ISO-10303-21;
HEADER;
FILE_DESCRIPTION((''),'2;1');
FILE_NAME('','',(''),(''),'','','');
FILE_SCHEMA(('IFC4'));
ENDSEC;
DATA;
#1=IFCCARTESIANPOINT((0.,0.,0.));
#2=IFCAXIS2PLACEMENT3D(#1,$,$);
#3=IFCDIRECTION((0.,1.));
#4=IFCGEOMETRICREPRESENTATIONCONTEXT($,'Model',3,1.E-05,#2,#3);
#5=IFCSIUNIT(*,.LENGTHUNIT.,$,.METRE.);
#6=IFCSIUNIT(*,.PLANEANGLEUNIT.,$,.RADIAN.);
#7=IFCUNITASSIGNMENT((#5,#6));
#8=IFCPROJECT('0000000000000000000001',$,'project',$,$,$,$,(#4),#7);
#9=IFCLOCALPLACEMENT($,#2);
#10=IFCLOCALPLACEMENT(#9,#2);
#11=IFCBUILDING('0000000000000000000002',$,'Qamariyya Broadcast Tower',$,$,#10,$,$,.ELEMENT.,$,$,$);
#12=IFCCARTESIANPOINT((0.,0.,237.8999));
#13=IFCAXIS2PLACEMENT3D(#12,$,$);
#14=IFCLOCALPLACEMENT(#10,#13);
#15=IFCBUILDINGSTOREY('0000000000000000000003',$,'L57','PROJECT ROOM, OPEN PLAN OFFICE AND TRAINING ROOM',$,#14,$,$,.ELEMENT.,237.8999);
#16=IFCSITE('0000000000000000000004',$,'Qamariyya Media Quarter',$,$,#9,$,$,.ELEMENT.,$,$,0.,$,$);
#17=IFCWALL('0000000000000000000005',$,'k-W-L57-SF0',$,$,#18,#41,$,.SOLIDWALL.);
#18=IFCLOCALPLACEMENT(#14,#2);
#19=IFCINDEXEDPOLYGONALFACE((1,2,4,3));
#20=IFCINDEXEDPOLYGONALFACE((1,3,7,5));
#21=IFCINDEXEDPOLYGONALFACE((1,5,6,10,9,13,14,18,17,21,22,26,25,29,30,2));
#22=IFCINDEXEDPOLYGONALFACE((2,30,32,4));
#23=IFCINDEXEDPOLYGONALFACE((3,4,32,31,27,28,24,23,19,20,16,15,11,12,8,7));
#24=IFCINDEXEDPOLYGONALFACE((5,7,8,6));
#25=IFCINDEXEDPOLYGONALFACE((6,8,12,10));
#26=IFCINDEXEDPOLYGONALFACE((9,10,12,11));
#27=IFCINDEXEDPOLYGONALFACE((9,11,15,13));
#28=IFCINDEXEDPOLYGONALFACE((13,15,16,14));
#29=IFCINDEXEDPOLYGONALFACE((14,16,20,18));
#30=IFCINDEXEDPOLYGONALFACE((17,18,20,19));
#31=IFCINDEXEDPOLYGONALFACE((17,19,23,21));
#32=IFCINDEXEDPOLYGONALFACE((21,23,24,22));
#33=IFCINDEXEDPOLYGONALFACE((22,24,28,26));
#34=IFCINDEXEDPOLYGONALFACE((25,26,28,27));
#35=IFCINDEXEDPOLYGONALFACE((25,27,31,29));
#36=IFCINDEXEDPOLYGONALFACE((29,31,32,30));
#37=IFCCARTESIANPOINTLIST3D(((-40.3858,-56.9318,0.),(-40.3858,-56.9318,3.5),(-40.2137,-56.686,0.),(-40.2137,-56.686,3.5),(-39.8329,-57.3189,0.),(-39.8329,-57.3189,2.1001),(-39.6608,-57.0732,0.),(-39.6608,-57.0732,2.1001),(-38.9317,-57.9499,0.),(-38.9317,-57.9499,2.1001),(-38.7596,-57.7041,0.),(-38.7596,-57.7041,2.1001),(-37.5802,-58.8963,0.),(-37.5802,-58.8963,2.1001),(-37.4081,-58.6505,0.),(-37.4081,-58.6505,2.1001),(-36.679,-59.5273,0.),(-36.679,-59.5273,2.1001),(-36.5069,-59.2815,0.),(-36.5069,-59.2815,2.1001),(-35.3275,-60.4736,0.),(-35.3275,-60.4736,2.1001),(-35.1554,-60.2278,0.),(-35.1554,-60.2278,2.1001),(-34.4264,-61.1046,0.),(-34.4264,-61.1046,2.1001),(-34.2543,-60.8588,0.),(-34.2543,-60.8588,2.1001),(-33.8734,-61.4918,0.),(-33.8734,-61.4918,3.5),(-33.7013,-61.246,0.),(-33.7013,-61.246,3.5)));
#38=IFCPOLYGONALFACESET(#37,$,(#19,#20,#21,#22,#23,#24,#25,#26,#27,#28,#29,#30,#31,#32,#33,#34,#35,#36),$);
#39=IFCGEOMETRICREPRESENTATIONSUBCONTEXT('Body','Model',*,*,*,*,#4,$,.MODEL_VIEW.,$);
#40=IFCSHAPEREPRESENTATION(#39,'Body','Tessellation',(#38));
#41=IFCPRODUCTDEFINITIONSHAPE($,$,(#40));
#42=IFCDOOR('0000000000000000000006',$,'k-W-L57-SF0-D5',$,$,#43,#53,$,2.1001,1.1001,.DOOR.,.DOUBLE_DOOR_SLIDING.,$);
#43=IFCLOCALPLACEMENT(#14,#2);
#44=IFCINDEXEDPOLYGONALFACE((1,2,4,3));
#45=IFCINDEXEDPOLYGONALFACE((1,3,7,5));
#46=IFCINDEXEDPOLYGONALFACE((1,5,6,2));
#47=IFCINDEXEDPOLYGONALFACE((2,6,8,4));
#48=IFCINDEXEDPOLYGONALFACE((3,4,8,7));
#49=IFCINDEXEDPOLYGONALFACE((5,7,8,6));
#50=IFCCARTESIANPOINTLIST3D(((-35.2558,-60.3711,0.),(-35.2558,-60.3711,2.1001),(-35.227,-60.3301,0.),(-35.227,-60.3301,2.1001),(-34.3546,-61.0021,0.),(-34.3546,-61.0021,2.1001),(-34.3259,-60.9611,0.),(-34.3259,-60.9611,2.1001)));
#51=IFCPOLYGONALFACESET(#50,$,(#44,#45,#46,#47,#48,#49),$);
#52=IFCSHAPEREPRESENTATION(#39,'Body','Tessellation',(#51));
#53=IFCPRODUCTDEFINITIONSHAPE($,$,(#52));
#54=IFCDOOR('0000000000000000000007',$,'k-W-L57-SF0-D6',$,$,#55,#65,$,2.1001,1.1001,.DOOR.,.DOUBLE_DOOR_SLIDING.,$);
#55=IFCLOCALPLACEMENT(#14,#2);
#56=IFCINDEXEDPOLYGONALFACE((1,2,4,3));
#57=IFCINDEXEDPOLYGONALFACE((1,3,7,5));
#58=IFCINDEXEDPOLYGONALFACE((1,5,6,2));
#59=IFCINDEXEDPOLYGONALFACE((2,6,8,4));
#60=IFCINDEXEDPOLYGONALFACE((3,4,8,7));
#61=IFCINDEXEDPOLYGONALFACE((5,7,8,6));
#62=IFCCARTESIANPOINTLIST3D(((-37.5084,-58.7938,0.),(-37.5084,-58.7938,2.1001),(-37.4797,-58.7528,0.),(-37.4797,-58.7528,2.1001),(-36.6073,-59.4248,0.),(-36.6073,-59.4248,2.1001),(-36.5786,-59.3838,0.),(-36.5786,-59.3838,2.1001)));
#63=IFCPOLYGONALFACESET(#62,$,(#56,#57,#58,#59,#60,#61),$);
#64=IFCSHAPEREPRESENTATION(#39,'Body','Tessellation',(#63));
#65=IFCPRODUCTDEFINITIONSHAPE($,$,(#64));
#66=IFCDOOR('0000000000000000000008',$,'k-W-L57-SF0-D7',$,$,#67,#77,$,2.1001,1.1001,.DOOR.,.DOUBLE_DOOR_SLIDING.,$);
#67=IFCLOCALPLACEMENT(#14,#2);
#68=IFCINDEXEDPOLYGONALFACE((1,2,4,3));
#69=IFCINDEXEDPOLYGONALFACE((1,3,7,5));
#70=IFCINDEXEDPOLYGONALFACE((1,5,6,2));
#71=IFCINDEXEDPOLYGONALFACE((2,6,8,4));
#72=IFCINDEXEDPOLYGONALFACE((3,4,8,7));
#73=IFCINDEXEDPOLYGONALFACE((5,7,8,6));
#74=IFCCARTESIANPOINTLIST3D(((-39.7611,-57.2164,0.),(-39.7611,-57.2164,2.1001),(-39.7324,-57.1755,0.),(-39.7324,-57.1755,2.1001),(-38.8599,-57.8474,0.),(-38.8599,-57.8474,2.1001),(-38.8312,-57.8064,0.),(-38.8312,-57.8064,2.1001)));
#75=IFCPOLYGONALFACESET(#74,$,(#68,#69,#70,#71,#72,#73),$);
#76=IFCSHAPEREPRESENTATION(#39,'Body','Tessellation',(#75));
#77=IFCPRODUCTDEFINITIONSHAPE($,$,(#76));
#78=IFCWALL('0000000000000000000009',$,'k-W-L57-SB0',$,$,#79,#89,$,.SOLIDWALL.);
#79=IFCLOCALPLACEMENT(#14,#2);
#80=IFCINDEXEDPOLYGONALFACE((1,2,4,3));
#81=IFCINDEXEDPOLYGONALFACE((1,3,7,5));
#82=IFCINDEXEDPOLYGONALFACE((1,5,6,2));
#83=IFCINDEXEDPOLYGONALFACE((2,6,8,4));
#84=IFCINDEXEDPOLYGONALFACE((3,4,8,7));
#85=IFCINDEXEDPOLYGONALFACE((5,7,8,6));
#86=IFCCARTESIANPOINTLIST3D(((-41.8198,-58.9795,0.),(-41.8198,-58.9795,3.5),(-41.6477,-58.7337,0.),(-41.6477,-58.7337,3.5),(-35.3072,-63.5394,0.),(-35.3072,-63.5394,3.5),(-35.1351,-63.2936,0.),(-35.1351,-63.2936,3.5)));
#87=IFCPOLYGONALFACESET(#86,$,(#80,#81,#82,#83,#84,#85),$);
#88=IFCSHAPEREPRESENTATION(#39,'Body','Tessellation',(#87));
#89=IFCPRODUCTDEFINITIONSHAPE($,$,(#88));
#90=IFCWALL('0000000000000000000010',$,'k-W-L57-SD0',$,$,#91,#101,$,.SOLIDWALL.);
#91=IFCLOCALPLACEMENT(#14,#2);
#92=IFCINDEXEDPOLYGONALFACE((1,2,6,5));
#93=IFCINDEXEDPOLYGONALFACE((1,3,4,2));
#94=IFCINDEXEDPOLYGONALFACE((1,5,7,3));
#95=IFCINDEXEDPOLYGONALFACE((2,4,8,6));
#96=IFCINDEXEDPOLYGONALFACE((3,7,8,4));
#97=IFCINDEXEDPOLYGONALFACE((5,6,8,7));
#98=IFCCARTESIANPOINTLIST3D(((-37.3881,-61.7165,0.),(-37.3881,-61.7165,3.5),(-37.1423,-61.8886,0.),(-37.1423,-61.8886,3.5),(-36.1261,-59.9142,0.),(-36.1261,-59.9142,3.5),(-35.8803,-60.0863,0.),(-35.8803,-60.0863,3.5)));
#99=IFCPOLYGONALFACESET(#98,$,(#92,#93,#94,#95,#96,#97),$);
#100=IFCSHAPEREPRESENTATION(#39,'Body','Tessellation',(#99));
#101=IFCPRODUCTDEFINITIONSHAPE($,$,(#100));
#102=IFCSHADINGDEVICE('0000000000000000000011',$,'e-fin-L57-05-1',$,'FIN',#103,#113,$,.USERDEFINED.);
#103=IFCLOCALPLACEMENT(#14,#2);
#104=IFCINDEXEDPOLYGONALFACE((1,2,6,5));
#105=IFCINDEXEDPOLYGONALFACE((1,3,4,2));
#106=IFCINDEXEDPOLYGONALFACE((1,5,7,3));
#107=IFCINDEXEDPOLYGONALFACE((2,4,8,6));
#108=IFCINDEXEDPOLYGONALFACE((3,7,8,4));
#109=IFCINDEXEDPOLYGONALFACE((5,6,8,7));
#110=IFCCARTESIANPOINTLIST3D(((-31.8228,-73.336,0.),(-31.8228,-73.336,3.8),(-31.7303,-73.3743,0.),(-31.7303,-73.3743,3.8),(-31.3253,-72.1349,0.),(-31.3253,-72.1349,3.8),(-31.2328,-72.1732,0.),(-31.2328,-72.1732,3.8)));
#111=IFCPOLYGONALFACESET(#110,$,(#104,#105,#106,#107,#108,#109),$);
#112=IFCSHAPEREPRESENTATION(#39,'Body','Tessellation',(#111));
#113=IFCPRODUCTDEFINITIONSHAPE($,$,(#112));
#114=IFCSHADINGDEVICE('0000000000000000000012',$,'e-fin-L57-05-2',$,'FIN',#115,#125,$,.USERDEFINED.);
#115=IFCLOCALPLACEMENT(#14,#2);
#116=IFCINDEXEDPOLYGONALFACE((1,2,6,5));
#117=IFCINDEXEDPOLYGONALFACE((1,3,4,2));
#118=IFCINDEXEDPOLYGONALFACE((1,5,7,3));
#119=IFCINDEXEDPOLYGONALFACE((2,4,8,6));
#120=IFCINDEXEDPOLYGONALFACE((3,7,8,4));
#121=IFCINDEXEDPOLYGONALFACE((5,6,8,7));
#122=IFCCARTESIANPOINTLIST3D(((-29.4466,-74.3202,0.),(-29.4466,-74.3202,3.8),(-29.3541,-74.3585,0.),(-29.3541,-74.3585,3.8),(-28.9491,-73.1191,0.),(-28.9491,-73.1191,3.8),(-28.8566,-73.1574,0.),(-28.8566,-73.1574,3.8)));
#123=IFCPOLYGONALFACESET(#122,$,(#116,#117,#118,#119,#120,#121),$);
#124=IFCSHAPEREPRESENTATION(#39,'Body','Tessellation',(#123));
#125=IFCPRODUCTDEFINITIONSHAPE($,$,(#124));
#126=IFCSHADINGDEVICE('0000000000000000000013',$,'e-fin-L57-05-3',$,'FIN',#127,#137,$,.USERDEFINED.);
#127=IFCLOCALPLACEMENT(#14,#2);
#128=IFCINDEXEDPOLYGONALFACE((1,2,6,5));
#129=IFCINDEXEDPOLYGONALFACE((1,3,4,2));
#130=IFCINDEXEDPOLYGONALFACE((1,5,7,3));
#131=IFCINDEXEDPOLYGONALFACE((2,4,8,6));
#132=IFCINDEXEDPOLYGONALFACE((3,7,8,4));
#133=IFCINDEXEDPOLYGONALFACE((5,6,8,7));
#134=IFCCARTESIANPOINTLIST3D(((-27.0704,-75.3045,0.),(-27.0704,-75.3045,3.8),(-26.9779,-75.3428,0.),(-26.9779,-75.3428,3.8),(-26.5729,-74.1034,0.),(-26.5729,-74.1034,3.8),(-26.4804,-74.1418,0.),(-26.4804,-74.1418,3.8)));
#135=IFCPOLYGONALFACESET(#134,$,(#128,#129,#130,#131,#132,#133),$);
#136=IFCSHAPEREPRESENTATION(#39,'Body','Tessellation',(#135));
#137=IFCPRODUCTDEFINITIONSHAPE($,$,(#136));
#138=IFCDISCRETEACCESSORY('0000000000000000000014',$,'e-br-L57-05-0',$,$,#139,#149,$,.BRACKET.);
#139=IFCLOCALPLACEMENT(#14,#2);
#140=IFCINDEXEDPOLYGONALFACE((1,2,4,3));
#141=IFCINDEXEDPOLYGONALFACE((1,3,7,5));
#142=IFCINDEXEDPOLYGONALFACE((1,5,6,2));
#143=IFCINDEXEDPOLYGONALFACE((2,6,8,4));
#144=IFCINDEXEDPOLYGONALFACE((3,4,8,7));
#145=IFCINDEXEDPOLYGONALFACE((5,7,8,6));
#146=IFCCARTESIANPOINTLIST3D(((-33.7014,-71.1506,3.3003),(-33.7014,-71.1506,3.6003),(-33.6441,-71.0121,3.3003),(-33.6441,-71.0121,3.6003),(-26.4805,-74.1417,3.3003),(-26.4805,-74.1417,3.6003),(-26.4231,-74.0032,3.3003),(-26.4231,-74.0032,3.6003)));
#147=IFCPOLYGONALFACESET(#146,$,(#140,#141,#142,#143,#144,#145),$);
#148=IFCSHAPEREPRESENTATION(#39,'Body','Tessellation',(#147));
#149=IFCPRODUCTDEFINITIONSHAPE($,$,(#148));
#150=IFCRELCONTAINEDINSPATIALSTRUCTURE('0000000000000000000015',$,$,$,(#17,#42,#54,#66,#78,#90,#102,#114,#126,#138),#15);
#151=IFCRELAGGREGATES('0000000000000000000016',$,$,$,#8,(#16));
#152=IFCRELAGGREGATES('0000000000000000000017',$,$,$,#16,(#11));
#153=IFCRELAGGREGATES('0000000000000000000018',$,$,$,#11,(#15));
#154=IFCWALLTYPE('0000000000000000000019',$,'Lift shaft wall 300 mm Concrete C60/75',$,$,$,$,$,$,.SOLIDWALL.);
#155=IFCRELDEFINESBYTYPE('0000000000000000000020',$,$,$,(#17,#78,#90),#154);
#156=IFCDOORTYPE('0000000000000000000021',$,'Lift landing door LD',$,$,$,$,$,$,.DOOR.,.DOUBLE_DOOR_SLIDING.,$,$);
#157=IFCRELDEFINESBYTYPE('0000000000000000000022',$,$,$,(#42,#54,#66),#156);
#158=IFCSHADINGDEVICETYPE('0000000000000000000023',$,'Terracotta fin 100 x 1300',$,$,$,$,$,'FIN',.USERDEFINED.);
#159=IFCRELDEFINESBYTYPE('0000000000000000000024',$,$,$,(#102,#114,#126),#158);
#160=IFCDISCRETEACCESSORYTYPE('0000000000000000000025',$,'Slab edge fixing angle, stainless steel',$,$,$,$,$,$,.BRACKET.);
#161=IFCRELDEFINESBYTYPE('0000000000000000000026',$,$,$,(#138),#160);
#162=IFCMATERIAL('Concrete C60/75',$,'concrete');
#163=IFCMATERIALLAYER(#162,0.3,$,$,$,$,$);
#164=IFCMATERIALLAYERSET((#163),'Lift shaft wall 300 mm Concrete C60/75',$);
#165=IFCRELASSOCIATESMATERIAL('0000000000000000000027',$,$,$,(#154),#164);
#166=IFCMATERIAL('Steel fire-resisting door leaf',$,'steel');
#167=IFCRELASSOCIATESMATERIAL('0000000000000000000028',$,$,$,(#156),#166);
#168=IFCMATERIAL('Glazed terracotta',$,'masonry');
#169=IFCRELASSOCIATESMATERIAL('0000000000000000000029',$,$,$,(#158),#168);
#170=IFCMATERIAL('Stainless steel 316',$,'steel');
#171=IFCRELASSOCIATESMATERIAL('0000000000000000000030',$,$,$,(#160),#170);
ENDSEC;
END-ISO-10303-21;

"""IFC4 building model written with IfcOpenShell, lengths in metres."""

from ifc_helpers import new_model, si_unit, direction, frame, frame_2d, origin, origin_2d, place, context, subcontext, project, spatial, rectangle, extrude, material, layer, layer_set, material_profile, profile_set, type_object, element, fill, save


model = new_model("IFC4")

# Units and contexts
model_context = context("Model", 3, precision=1e-05, world=origin(), true_north=direction((0.0, 1.0)))
body_context = subcontext(model_context, "Body", "Model", "MODEL_VIEW")
ifc_project = project(units=[si_unit("LENGTHUNIT", "METRE"), si_unit("PLANEANGLEUNIT", "RADIAN")], contexts=[model_context])

# Site, building, storey
site_placement = place(None, origin())
site = spatial("IfcSite", under=ifc_project, at=site_placement, Name="Qamariyya Media Quarter", CompositionType="ELEMENT", RefElevation=0.0)
building_placement = place(site_placement, origin())
building = spatial("IfcBuilding", under=site, at=building_placement, Name="Qamariyya Broadcast Tower", CompositionType="ELEMENT")
storey_placement = place(building_placement, frame((0.0, 0.0, 237.8999)))
storey = spatial("IfcBuildingStorey", under=building, at=storey_placement, Name="L57", Description="PROJECT ROOM, OPEN PLAN OFFICE AND TRAINING ROOM", CompositionType="ELEMENT", Elevation=237.8999)

# Shared definitions
ifc_material_1 = material(Name="Concrete C60/75", Category="concrete")

# Shared definitions
ifc_material_2 = material(Name="Steel fire-resisting door leaf", Category="steel")

# Wall, openings, doors
ifc_layer_1 = layer(ifc_material_1, 0.3)
ifc_layer_set_1 = layer_set([ifc_layer_1], Name="Lift shaft wall 300 mm Concrete C60/75")
wall_type_1 = type_object("IfcWallType", Name="Lift shaft wall 300 mm Concrete C60/75", PredefinedType="SOLIDWALL", material=ifc_layer_set_1)
wall_1_placement = place(storey_placement, frame((-33.7874, -61.3689, 0.0), z_axis=(0.0, 0.0, 1.0), x_axis=(-0.819153, 0.573576, 0.0)))
wall_1 = element("IfcWall", 1, at=wall_1_placement, inside=storey, type_object=wall_type_1, Name="k-W-L57-SF0", PredefinedType="SOLIDWALL", context=body_context, shape_type="SweptSolid", body=[
    extrude(rectangle(XDim=7.9502, YDim=0.3, at=frame_2d((3.9751, 0.0))), origin(), (0.0, 0.0, 1.0), 3.5),
])
opening_1_placement = place(wall_1_placement, frame((0.675, 0.0, 0.0)))
opening_1 = element("IfcOpeningElement", 2, at=opening_1_placement, cuts=wall_1, PredefinedType="OPENING", context=body_context, shape_type="SweptSolid", body=[
    extrude(rectangle(XDim=1.1001, YDim=2.1001, at=frame_2d((0.55, 1.05))), frame((0.0, 0.1599, 0.0), z_axis=(0.0, -1.0, 0.0), x_axis=(1.0, 0.0, 0.0)), (0.0, 0.0, 1.0), 0.3201),
])
opening_2_placement = place(wall_1_placement, frame((3.425, 0.0, 0.0)))
opening_2 = element("IfcOpeningElement", 3, at=opening_2_placement, cuts=wall_1, PredefinedType="OPENING", context=body_context, shape_type="SweptSolid", body=[
    extrude(rectangle(XDim=1.1001, YDim=2.1001, at=frame_2d((0.55, 1.05))), frame((0.0, 0.1599, 0.0), z_axis=(0.0, -1.0, 0.0), x_axis=(1.0, 0.0, 0.0)), (0.0, 0.0, 1.0), 0.3201),
])
opening_3_placement = place(wall_1_placement, frame((6.175, 0.0, 0.0)))
opening_3 = element("IfcOpeningElement", 4, at=opening_3_placement, cuts=wall_1, PredefinedType="OPENING", context=body_context, shape_type="SweptSolid", body=[
    extrude(rectangle(XDim=1.1001, YDim=2.1001, at=frame_2d((0.55, 1.05))), frame((0.0, 0.1599, 0.0), z_axis=(0.0, -1.0, 0.0), x_axis=(1.0, 0.0, 0.0)), (0.0, 0.0, 1.0), 0.3201),
])
door_type_1 = type_object("IfcDoorType", Name="Lift landing door LD", OperationType="DOUBLE_DOOR_SLIDING", PredefinedType="DOOR", material=ifc_material_2)
door_1_placement = place(opening_1_placement, origin())
door_1 = element("IfcDoor", 5, at=door_1_placement, inside=storey, type_object=door_type_1, Name="k-W-L57-SF0-D5", OperationType="DOUBLE_DOOR_SLIDING", OverallHeight=2.1001, OverallWidth=1.1001, PredefinedType="DOOR", context=body_context, shape_type="SweptSolid", body=[
    extrude(rectangle(XDim=1.1001, YDim=2.1001, at=frame_2d((0.55, 1.05))), frame((0.0, 0.0249, 0.0), z_axis=(0.0, -1.0, 0.0), x_axis=(1.0, 0.0, 0.0)), (0.0, 0.0, 1.0), 0.05),
])
fill(opening_1, door_1)
door_2_placement = place(opening_2_placement, origin())
door_2 = element("IfcDoor", 6, at=door_2_placement, inside=storey, type_object=door_type_1, Name="k-W-L57-SF0-D6", OperationType="DOUBLE_DOOR_SLIDING", OverallHeight=2.1001, OverallWidth=1.1001, PredefinedType="DOOR", context=body_context, shape_type="SweptSolid", body=[
    extrude(rectangle(XDim=1.1001, YDim=2.1001, at=frame_2d((0.55, 1.05))), frame((0.0, 0.0249, 0.0), z_axis=(0.0, -1.0, 0.0), x_axis=(1.0, 0.0, 0.0)), (0.0, 0.0, 1.0), 0.05),
])
fill(opening_2, door_2)
door_3_placement = place(opening_3_placement, origin())
door_3 = element("IfcDoor", 7, at=door_3_placement, inside=storey, type_object=door_type_1, Name="k-W-L57-SF0-D7", OperationType="DOUBLE_DOOR_SLIDING", OverallHeight=2.1001, OverallWidth=1.1001, PredefinedType="DOOR", context=body_context, shape_type="SweptSolid", body=[
    extrude(rectangle(XDim=1.1001, YDim=2.1001, at=frame_2d((0.55, 1.05))), frame((0.0, 0.0249, 0.0), z_axis=(0.0, -1.0, 0.0), x_axis=(1.0, 0.0, 0.0)), (0.0, 0.0, 1.0), 0.05),
])
fill(opening_3, door_3)

# Walls
wall_2_placement = place(storey_placement, frame((-35.2212, -63.4165, 0.0), z_axis=(0.0, 0.0, 1.0), x_axis=(-0.819167, 0.573555, 0.0)))
element("IfcWall", 8, at=wall_2_placement, inside=storey, type_object=wall_type_1, Name="k-W-L57-SB0", PredefinedType="SOLIDWALL", context=body_context, shape_type="SweptSolid", body=[
    extrude(rectangle(XDim=7.9502, YDim=0.3, at=frame_2d((3.9751, 0.0))), origin(), (0.0, 0.0, 1.0), 3.5),
])
wall_3_placement = place(storey_placement, frame((-36.0032, -60.0002, 0.0), z_axis=(0.0, 0.0, 1.0), x_axis=(-0.573581, -0.819149, 0.0)))
element("IfcWall", 9, at=wall_3_placement, inside=storey, type_object=wall_type_1, Name="k-W-L57-SD0", PredefinedType="SOLIDWALL", context=body_context, shape_type="SweptSolid", body=[
    extrude(rectangle(XDim=2.2002, YDim=0.3, at=frame_2d((1.1001, 0.0))), origin(), (0.0, 0.0, 1.0), 3.5),
])

# Shading devices
ifc_material_3 = material(Name="Glazed terracotta", Category="masonry")
ifc_material_profile_1 = material_profile(ifc_material_3, rectangle(XDim=1.3, YDim=0.1001, at=origin_2d()))
ifc_profile_set_1 = profile_set([ifc_material_profile_1], Name="Glazed terracotta")
shading_device_type_1 = type_object("IfcShadingDeviceType", Name="Terracotta fin 100 x 1300", ElementType="FIN", PredefinedType="USERDEFINED", material=ifc_profile_set_1)
for number, where, z_axis, x_axis, name in (
    (10, (-31.5278, -72.7546, 0.0), (0.0, 0.0, 1.0), (-0.382683, -0.92388, 0.0), "e-fin-L57-05-1"),
    (11, (-29.1516, -73.7388, 0.0), (0.0, 0.0, 1.0), (-0.382683, -0.92388, 0.0), "e-fin-L57-05-2"),
    (12, (-26.7754, -74.7231, 0.0), (0.0, 0.0, 1.0), (-0.382683, -0.92388, 0.0), "e-fin-L57-05-3"),
):
    element("IfcShadingDevice", number, at=place(storey_placement, frame(where, z_axis=z_axis, x_axis=x_axis)), inside=storey, type_object=shading_device_type_1, Name=name, ObjectType="FIN", PredefinedType="USERDEFINED", context=body_context, shape_type="SweptSolid", body=[
        extrude(rectangle(XDim=1.3, YDim=0.1001, at=origin_2d()), origin(), (0.0, 0.0, 1.0), 3.8),
    ])

# Discrete accessory
ifc_material_4 = material(Name="Stainless steel 316", Category="steel")
discrete_accessory_type = type_object("IfcDiscreteAccessoryType", Name="Slab edge fixing angle, stainless steel", PredefinedType="BRACKET", material=ifc_material_4)
discrete_accessory_placement = place(storey_placement, frame((-30.0623, -72.5769, 3.3003), z_axis=(0.0, 0.0, 1.0), x_axis=(0.92388, -0.382683, 0.0)))
element("IfcDiscreteAccessory", 13, at=discrete_accessory_placement, inside=storey, type_object=discrete_accessory_type, Name="e-br-L57-05-0", PredefinedType="BRACKET", context=body_context, shape_type="SweptSolid", body=[
    extrude(rectangle(XDim=7.8159, YDim=0.1499, at=origin_2d()), origin(), (0.0, 0.0, 1.0), 0.3),
])

save(model, "model.ifc")
